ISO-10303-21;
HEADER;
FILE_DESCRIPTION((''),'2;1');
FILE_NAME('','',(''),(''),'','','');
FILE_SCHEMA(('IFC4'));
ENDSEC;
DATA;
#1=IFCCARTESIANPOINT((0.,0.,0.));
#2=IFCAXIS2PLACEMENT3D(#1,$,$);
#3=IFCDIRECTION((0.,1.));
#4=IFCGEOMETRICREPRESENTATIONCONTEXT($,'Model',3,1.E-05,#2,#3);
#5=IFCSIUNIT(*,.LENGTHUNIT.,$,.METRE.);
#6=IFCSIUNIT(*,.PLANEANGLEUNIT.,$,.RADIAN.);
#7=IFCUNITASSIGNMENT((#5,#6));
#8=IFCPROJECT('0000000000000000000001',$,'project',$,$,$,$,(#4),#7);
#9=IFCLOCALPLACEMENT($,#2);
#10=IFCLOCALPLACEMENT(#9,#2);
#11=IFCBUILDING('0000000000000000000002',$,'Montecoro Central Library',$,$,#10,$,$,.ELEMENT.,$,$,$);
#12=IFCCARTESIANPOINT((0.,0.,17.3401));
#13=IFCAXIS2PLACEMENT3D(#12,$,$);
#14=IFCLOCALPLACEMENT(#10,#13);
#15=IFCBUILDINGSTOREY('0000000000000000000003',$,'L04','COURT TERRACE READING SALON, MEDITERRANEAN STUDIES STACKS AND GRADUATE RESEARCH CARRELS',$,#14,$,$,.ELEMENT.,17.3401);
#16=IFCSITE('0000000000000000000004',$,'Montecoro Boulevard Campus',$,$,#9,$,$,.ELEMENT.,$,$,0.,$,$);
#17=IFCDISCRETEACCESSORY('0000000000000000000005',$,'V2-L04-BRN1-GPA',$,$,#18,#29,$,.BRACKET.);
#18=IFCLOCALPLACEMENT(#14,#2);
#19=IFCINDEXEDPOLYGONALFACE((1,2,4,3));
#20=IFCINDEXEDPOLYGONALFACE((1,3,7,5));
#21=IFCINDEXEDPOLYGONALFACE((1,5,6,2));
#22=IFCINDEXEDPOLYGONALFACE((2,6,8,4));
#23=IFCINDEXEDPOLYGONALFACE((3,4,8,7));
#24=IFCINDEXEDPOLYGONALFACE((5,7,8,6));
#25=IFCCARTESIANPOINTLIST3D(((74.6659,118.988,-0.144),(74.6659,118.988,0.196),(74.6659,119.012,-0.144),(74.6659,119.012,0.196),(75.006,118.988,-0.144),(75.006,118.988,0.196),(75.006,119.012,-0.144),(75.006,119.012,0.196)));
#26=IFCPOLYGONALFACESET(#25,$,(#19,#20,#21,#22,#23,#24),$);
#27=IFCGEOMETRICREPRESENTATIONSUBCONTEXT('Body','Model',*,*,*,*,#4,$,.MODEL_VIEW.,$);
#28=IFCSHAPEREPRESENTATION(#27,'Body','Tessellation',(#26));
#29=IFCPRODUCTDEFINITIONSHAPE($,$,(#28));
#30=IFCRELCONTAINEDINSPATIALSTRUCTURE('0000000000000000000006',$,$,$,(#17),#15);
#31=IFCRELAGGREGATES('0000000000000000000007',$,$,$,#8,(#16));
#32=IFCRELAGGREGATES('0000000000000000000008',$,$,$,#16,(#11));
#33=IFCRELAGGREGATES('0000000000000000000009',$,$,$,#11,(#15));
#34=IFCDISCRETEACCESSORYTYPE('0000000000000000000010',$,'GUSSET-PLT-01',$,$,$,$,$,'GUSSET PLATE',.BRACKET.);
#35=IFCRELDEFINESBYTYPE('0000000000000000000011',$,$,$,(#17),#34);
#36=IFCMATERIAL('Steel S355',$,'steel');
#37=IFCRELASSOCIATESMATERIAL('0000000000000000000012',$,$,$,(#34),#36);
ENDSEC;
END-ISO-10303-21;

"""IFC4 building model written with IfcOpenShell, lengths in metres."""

from ifc_helpers import new_model, si_unit, direction, frame, origin, origin_2d, place, context, subcontext, project, spatial, rectangle, extrude, material, type_object, element, save


model = new_model("IFC4")

# Units and contexts
model_context = context("Model", 3, precision=1e-05, world=origin(), true_north=direction((0.0, 1.0)))
body_context = subcontext(model_context, "Body", "Model", "MODEL_VIEW")
ifc_project = project(units=[si_unit("LENGTHUNIT", "METRE"), si_unit("PLANEANGLEUNIT", "RADIAN")], contexts=[model_context])

# Site, building, storey
site_placement = place(None, origin())
site = spatial("IfcSite", under=ifc_project, at=site_placement, Name="Montecoro Boulevard Campus", CompositionType="ELEMENT", RefElevation=0.0)
building_placement = place(site_placement, origin())
building = spatial("IfcBuilding", under=site, at=building_placement, Name="Montecoro Central Library", CompositionType="ELEMENT")
storey_placement = place(building_placement, frame((0.0, 0.0, 17.3401)))
storey = spatial("IfcBuildingStorey", under=building, at=storey_placement, Name="L04", Description="COURT TERRACE READING SALON, MEDITERRANEAN STUDIES STACKS AND GRADUATE RESEARCH CARRELS", CompositionType="ELEMENT", Elevation=17.3401)

# Shared definitions
ifc_material_1 = material(Name="Steel S355", Category="steel")

# Discrete accessory
discrete_accessory_type = type_object("IfcDiscreteAccessoryType", Name="GUSSET-PLT-01", ElementType="GUSSET PLATE", PredefinedType="BRACKET", material=ifc_material_1)
discrete_accessory_placement = place(storey_placement, frame((74.8359, 119.0, -0.144), z_axis=(0.0, 0.0, 1.0), x_axis=(1.0, 0.0, 0.0)))
element("IfcDiscreteAccessory", 1, at=discrete_accessory_placement, inside=storey, type_object=discrete_accessory_type, Name="V2-L04-BRN1-GPA", PredefinedType="BRACKET", context=body_context, shape_type="SweptSolid", body=[
    extrude(rectangle(XDim=0.3401, YDim=0.0239, at=origin_2d()), origin(), (0.0, 0.0, 1.0), 0.3401),
])

save(model, "model.ifc")
